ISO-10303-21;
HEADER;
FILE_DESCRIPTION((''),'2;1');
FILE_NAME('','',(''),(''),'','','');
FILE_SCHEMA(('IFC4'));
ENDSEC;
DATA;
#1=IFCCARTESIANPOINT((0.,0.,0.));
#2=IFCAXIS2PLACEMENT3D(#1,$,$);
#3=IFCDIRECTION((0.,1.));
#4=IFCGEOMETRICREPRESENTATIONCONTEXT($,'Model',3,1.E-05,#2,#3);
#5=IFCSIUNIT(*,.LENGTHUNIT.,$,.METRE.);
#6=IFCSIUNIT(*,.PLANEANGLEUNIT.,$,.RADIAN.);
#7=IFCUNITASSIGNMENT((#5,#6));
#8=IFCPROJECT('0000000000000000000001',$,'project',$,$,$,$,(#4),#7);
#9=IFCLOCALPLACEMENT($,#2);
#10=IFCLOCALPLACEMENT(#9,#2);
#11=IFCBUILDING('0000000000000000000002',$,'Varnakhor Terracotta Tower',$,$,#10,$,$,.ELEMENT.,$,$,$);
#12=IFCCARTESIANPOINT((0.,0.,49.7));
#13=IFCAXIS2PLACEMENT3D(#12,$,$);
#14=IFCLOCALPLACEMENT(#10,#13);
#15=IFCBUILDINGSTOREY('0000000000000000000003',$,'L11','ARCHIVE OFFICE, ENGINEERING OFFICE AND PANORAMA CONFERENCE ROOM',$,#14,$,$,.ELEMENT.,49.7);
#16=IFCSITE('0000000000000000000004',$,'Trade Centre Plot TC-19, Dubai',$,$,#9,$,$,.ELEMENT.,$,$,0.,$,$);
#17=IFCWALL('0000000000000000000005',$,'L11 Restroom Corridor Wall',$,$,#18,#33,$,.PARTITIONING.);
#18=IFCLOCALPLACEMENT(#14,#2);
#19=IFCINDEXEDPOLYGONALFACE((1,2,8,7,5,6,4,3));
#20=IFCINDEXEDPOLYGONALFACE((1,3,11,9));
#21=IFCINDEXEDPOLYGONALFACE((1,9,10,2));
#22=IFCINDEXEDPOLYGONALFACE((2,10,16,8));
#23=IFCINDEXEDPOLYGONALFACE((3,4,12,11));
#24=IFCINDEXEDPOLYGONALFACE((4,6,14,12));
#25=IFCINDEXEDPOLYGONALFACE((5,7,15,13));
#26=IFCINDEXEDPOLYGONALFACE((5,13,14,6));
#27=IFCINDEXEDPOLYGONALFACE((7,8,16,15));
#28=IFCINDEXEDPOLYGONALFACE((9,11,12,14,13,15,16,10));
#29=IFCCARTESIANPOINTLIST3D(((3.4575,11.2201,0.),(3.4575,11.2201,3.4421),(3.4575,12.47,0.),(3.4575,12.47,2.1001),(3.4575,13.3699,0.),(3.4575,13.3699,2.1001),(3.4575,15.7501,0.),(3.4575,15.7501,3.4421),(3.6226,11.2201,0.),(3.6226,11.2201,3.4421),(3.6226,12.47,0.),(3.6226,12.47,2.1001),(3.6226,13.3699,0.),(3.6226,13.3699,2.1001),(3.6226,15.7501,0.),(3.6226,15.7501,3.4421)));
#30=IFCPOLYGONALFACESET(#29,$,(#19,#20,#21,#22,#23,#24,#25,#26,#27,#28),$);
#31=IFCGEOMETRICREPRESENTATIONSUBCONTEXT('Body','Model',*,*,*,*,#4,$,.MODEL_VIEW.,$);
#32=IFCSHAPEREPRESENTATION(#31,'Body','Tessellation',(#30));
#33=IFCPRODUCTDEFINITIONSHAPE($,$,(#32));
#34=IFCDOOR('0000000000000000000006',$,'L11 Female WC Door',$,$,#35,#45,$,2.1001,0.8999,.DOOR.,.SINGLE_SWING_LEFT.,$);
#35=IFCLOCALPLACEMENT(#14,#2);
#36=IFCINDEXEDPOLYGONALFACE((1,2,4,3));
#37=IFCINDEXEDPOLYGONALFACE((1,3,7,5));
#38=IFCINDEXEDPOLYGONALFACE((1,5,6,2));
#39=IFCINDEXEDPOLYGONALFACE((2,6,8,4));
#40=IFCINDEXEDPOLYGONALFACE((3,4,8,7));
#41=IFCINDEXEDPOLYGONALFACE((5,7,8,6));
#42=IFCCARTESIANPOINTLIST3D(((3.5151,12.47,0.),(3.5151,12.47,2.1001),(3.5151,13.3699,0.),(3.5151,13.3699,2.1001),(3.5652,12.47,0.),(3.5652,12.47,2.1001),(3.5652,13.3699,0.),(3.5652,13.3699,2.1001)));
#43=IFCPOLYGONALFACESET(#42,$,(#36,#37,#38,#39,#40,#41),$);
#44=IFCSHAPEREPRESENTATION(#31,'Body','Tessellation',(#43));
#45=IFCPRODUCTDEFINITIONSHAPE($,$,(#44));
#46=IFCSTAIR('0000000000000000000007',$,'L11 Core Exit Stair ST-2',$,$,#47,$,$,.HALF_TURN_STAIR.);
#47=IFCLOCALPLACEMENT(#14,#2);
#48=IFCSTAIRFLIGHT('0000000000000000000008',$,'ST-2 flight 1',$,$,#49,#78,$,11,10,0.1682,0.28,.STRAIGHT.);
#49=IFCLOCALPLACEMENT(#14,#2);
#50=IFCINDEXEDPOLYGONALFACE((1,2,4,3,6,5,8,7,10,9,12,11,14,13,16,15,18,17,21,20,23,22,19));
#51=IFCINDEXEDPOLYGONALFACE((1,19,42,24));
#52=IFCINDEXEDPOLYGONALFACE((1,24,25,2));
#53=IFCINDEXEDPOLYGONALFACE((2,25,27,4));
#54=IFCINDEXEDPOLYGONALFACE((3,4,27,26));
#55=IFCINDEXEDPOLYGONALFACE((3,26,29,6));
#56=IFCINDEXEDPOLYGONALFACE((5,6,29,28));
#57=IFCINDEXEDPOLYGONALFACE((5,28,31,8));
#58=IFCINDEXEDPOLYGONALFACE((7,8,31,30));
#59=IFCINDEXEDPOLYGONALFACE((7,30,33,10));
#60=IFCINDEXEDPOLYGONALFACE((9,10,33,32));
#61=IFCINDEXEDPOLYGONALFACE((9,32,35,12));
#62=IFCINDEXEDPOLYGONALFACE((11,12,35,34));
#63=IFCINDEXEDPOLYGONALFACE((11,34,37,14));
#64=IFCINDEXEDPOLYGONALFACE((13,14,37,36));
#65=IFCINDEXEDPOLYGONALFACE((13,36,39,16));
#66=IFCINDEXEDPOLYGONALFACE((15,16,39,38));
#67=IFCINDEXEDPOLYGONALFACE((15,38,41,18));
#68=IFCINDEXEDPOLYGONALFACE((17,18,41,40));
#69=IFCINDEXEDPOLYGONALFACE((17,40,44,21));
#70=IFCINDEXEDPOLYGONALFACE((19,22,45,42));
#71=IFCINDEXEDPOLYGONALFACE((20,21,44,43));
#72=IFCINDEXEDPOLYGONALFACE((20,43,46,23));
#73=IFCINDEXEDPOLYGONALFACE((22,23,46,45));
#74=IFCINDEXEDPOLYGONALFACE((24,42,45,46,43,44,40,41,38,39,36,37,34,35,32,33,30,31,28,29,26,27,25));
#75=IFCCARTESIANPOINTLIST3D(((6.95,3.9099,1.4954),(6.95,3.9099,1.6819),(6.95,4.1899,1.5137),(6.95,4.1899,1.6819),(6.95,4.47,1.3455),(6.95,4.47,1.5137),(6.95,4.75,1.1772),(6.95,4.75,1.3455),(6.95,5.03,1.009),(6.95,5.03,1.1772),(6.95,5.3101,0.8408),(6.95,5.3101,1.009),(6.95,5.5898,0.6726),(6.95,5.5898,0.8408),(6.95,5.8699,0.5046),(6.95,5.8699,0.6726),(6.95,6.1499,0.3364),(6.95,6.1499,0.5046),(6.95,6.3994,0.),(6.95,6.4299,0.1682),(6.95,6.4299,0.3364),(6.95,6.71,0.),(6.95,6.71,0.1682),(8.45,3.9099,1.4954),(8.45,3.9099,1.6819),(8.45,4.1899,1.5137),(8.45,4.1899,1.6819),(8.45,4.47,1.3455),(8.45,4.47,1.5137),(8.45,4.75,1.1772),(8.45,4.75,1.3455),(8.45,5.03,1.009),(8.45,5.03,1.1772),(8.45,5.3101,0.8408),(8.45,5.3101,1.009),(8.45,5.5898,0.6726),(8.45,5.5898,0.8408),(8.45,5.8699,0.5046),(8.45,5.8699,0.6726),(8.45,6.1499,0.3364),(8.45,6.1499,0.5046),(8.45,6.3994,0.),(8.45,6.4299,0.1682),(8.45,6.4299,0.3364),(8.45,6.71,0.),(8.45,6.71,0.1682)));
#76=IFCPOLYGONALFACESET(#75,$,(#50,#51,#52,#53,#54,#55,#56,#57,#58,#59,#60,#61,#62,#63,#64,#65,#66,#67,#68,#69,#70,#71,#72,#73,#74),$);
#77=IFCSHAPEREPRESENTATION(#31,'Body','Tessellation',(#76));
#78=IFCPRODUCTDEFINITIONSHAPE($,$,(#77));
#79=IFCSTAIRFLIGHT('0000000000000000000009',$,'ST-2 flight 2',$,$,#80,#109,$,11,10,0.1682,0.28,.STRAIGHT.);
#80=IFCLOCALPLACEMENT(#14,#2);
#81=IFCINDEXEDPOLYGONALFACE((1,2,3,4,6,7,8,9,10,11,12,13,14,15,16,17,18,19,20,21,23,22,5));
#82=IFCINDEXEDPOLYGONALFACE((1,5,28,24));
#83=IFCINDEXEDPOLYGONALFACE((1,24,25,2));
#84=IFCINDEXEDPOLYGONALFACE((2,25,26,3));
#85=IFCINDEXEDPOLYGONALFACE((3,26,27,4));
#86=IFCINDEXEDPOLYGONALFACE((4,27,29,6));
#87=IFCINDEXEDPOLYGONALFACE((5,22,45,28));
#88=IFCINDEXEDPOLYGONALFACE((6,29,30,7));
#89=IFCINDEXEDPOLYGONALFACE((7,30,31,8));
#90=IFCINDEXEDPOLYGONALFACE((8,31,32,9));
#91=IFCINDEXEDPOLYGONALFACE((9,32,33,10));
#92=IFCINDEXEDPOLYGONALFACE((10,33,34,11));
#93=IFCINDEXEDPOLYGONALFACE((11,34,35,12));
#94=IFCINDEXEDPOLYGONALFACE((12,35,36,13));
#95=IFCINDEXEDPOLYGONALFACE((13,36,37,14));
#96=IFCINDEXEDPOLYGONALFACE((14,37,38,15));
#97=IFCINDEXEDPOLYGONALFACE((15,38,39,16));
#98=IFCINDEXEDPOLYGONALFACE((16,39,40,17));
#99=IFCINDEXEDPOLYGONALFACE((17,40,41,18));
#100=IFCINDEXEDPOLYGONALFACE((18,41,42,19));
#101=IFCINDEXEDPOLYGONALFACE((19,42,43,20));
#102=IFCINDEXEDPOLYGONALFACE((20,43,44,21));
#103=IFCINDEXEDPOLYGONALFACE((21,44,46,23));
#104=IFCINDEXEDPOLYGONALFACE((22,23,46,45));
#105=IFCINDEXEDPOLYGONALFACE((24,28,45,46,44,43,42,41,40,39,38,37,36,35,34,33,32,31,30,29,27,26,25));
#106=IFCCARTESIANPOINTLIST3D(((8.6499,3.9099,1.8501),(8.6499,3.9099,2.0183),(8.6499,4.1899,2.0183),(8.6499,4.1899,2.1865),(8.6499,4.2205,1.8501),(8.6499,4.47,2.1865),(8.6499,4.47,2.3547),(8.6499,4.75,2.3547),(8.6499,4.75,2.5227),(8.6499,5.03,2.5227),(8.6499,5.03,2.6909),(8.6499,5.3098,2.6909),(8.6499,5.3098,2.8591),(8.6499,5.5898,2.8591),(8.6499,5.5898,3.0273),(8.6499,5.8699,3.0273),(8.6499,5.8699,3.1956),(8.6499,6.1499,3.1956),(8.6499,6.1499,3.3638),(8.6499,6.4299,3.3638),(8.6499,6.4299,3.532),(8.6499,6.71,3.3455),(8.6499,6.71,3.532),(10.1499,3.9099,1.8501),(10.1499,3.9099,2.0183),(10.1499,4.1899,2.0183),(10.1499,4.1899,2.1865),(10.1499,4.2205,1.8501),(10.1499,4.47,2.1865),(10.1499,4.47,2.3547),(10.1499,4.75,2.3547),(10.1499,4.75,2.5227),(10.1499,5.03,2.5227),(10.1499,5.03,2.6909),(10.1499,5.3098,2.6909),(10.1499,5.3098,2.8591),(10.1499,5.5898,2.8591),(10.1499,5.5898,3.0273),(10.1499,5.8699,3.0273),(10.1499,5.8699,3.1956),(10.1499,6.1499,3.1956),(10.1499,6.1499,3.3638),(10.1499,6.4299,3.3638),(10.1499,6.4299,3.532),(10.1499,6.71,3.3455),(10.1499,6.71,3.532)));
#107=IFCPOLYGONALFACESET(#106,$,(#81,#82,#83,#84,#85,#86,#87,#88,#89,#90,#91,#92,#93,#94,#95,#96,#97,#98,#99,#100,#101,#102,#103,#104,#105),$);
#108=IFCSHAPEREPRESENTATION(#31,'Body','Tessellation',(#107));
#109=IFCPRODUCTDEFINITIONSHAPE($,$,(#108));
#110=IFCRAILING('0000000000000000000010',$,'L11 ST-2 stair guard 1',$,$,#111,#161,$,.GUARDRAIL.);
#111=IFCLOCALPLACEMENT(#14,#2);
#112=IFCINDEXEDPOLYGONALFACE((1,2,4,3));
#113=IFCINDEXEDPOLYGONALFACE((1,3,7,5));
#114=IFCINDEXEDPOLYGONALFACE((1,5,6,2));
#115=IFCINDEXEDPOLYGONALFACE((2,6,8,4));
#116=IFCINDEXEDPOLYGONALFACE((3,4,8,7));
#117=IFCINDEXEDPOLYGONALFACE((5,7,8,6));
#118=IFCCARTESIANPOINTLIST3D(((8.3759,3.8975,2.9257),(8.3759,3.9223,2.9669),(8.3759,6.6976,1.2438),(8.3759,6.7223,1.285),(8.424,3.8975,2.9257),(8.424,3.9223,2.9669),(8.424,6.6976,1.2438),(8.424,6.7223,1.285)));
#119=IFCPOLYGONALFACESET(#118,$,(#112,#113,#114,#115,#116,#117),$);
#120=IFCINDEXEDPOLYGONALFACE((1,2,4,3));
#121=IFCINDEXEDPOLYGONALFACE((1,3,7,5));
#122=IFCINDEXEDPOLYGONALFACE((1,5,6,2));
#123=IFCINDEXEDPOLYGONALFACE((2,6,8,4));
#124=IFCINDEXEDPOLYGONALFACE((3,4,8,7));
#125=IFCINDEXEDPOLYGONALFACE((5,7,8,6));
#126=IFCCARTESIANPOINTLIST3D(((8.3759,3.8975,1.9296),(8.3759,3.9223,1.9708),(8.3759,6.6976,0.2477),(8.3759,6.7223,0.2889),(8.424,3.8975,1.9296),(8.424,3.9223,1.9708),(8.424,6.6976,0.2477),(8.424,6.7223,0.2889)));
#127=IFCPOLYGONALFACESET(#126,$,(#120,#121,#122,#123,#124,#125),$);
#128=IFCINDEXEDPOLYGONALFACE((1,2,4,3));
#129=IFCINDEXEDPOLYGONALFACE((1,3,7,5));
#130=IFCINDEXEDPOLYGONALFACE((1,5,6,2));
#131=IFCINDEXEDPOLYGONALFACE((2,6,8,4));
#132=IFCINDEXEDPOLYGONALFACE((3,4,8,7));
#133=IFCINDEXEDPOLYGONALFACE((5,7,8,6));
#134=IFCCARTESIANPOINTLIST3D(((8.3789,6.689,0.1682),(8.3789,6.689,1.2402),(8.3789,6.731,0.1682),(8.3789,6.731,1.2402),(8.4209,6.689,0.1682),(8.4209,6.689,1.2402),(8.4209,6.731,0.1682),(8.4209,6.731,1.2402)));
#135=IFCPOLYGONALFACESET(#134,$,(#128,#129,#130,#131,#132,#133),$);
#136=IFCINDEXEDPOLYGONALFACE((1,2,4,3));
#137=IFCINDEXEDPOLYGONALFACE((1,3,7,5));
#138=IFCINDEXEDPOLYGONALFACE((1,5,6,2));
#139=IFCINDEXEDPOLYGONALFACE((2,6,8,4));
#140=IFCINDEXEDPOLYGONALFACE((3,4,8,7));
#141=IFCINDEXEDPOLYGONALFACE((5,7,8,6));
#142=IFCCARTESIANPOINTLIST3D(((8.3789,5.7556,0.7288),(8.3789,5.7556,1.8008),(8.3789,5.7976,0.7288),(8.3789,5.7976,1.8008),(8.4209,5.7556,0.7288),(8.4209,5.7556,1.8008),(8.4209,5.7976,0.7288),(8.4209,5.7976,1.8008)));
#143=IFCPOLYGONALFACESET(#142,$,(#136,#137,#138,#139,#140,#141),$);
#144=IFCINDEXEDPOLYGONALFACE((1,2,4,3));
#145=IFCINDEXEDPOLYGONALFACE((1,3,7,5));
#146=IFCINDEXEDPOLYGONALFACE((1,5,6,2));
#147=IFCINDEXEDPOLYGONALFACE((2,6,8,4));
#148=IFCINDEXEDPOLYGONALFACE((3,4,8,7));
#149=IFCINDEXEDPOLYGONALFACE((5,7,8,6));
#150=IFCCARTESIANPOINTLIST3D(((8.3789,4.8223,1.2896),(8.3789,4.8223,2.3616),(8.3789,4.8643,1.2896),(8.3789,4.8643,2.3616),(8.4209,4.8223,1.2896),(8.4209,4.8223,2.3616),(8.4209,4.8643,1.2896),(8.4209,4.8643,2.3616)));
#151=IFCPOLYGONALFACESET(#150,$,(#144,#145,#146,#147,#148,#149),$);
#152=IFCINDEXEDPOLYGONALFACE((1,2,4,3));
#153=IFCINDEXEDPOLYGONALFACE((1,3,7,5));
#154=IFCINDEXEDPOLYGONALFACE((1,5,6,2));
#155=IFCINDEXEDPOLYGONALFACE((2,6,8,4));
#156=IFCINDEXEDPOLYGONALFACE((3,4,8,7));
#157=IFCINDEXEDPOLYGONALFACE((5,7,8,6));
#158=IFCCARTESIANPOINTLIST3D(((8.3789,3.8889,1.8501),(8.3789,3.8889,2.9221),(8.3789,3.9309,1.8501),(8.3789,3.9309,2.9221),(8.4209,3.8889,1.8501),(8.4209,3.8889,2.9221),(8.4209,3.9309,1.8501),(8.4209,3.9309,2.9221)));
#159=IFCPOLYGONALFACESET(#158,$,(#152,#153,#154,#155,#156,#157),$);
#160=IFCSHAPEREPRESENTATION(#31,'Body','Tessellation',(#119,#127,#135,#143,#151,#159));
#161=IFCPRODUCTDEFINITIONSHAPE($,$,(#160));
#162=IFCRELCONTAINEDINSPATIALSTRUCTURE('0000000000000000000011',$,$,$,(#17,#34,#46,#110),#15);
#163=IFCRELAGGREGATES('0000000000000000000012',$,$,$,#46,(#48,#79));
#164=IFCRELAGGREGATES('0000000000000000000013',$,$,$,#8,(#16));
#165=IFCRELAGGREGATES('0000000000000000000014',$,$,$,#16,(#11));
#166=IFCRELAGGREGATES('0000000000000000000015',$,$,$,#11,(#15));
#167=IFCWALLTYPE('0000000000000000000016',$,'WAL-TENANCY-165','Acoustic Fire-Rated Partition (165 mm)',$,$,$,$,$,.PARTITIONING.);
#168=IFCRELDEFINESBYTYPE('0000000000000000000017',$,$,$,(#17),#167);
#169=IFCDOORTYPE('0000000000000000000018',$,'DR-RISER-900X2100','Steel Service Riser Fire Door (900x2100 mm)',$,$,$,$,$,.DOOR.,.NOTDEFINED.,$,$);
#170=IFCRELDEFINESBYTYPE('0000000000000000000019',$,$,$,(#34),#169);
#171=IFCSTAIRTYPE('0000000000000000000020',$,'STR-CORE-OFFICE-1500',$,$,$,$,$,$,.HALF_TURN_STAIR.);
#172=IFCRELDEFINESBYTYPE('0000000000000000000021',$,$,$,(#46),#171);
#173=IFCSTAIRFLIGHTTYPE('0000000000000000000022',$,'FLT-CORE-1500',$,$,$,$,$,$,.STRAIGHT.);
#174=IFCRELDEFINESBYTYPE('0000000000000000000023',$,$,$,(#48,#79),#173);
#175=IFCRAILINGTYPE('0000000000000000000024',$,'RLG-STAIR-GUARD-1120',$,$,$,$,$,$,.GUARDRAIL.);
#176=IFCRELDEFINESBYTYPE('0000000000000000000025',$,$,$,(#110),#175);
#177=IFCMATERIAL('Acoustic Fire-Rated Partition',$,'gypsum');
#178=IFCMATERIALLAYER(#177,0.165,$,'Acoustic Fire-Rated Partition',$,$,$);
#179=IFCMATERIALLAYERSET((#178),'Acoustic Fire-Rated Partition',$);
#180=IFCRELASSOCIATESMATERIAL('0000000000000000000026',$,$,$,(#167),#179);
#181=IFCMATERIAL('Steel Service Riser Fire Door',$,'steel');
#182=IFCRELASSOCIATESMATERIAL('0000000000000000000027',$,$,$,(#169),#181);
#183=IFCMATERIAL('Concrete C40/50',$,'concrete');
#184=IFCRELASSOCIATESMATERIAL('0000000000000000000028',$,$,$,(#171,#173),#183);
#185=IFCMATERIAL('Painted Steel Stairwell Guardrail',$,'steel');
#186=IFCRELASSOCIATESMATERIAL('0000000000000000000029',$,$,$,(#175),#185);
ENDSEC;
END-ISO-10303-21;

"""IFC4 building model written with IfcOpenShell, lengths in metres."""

from ifc_helpers import new_model, si_unit, direction, frame, frame_2d, origin, origin_2d, place, context, subcontext, project, spatial, polyline, rectangle, outline, extrude, source, transform, mapped, material, layer, layer_set, type_object, type_shapes, element, fill, aggregate, save


model = new_model("IFC4")

# Units and contexts
model_context = context("Model", 3, precision=1e-05, world=origin(), true_north=direction((0.0, 1.0)))
body_context = subcontext(model_context, "Body", "Model", "MODEL_VIEW")
ifc_project = project(units=[si_unit("LENGTHUNIT", "METRE"), si_unit("PLANEANGLEUNIT", "RADIAN")], contexts=[model_context])

# Site, building, storey
site_placement = place(None, origin())
site = spatial("IfcSite", under=ifc_project, at=site_placement, Name="Trade Centre Plot TC-19, Dubai", CompositionType="ELEMENT", RefElevation=0.0)
building_placement = place(site_placement, origin())
building = spatial("IfcBuilding", under=site, at=building_placement, Name="Varnakhor Terracotta Tower", CompositionType="ELEMENT")
storey_placement = place(building_placement, frame((0.0, 0.0, 49.7)))
storey = spatial("IfcBuildingStorey", under=building, at=storey_placement, Name="L11", Description="ARCHIVE OFFICE, ENGINEERING OFFICE AND PANORAMA CONFERENCE ROOM", CompositionType="ELEMENT", Elevation=49.7)

# Shared definitions
ifc_material_1 = material(Name="Concrete C40/50", Category="concrete")

# Shared definitions
ifc_material_2 = material(Name="Acoustic Fire-Rated Partition", Category="gypsum")
ifc_layer_1 = layer(ifc_material_2, 0.165, Name="Acoustic Fire-Rated Partition")
ifc_layer_set_1 = layer_set([ifc_layer_1], Name="Acoustic Fire-Rated Partition")
wall_type_1 = type_object("IfcWallType", Name="WAL-TENANCY-165", Description="Acoustic Fire-Rated Partition (165 mm)", PredefinedType="PARTITIONING", material=ifc_layer_set_1)
ifc_material_3 = material(Name="Steel Service Riser Fire Door", Category="steel")
door_type_1 = type_object("IfcDoorType", Name="DR-RISER-900X2100", Description="Steel Service Riser Fire Door (900x2100 mm)", OperationType="NOTDEFINED", PredefinedType="DOOR", material=ifc_material_3)
shared_shape_1 = source(origin(), body_context, "Body", "SweptSolid", [
    extrude(rectangle(XDim=0.8999, YDim=2.1001, at=frame_2d((0.45, 1.05))), frame((0.0, 0.0249, 0.0), z_axis=(0.0, -1.0, 0.0), x_axis=(1.0, 0.0, 0.0)), (0.0, 0.0, 1.0), 0.05),
])
type_shapes(door_type_1, [shared_shape_1])

# Wall, opening, door
wall_1_placement = place(storey_placement, frame((3.54, 11.22, 0.0), z_axis=(0.0, 0.0, 1.0), x_axis=(0.0, 1.0, 0.0)))
wall_1 = element("IfcWall", 1, at=wall_1_placement, inside=storey, type_object=wall_type_1, Name="L11 Restroom Corridor Wall", PredefinedType="PARTITIONING", context=body_context, shape_type="SweptSolid", body=[
    extrude(rectangle(XDim=4.53, YDim=0.165, at=frame_2d((2.2651, 0.0))), origin(), (0.0, 0.0, 1.0), 3.4421),
])
opening_1_placement = place(wall_1_placement, frame((1.25, 0.0, 0.0)))
opening_1 = element("IfcOpeningElement", 2, at=opening_1_placement, cuts=wall_1, PredefinedType="OPENING", context=body_context, shape_type="SweptSolid", body=[
    extrude(rectangle(XDim=0.8999, YDim=2.1001, at=frame_2d((0.45, 1.05))), frame((0.0, 0.0925, 0.0), z_axis=(0.0, -1.0, 0.0), x_axis=(1.0, 0.0, 0.0)), (0.0, 0.0, 1.0), 0.1851),
])
door_1_placement = place(opening_1_placement, origin())
door_1 = element("IfcDoor", 3, at=door_1_placement, inside=storey, type_object=door_type_1, Name="L11 Female WC Door", OperationType="SINGLE_SWING_LEFT", OverallHeight=2.1001, OverallWidth=0.8999, PredefinedType="DOOR", context=body_context, shape_type="MappedRepresentation", body=[
    mapped(shared_shape_1, transform((0.0, 0.0, 0.0), scale=1.0)),
])
fill(opening_1, door_1)

# Stair, stair flights
stair_type = type_object("IfcStairType", Name="STR-CORE-OFFICE-1500", PredefinedType="HALF_TURN_STAIR", material=ifc_material_1)
stair_placement = place(storey_placement, origin())
stair = element("IfcStair", 4, at=stair_placement, inside=storey, type_object=stair_type, Name="L11 Core Exit Stair ST-2", PredefinedType="HALF_TURN_STAIR")
stair_flight_type = type_object("IfcStairFlightType", Name="FLT-CORE-1500", PredefinedType="STRAIGHT", material=ifc_material_1)
stair_flight_1_placement = place(storey_placement, frame((7.7, 6.71, 0.0), z_axis=(0.0, 0.0, 1.0), x_axis=(0.0, -1.0, 0.0)))
stair_flight_1 = element("IfcStairFlight", 5, at=stair_flight_1_placement, type_object=stair_flight_type, Name="ST-2 flight 1", NumberOfRisers=11, NumberOfTreads=10, PredefinedType="STRAIGHT", RiserHeight=0.1682, TreadLength=0.28, context=body_context, shape_type="SweptSolid", body=[
    extrude(outline(polyline([(0.0, 0.0), (0.0, 0.1682), (0.28, 0.1682), (0.28, 0.3364), (0.5601, 0.3364), (0.5601, 0.5046), (0.8401, 0.5046), (0.8401, 0.6726), (1.1201, 0.6726), (1.1201, 0.8408), (1.3999, 0.8408), (1.3999, 1.009), (1.6799, 1.009), (1.6799, 1.1772), (1.96, 1.1772), (1.96, 1.3455), (2.24, 1.3455), (2.24, 1.5137), (2.52, 1.5137), (2.52, 1.6819), (2.8, 1.6819), (2.8, 1.8501), (2.8, 1.4954), (0.3105, 0.0), (0.0, 0.0)])), frame((0.0, 0.75, 0.0), z_axis=(0.0, -1.0, 0.0), x_axis=(1.0, 0.0, 0.0)), (0.0, 0.0, 1.0), 1.5),
])
stair_flight_2_placement = place(storey_placement, frame((9.3999, 3.9099, 1.8501), z_axis=(0.0, 0.0, 1.0), x_axis=(0.0, 1.0, 0.0)))
stair_flight_2 = element("IfcStairFlight", 6, at=stair_flight_2_placement, type_object=stair_flight_type, Name="ST-2 flight 2", NumberOfRisers=11, NumberOfTreads=10, PredefinedType="STRAIGHT", RiserHeight=0.1682, TreadLength=0.28, context=body_context, shape_type="SweptSolid", body=[
    extrude(outline(polyline([(0.0, 0.0), (0.0, 0.1682), (0.28, 0.1682), (0.28, 0.3364), (0.5601, 0.3364), (0.5601, 0.5046), (0.8401, 0.5046), (0.8401, 0.6726), (1.1201, 0.6726), (1.1201, 0.8408), (1.3999, 0.8408), (1.3999, 1.009), (1.6799, 1.009), (1.6799, 1.1772), (1.96, 1.1772), (1.96, 1.3455), (2.24, 1.3455), (2.24, 1.5137), (2.52, 1.5137), (2.52, 1.6819), (2.8, 1.6819), (2.8, 1.8501), (2.8, 1.4954), (0.3105, 0.0), (0.0, 0.0)])), frame((0.0, 0.75, 0.0), z_axis=(0.0, -1.0, 0.0), x_axis=(1.0, 0.0, 0.0)), (0.0, 0.0, 1.0), 1.5),
])
aggregate(stair, [stair_flight_1, stair_flight_2])

# Railing
ifc_material_4 = material(Name="Painted Steel Stairwell Guardrail", Category="steel")
railing_type_1 = type_object("IfcRailingType", Name="RLG-STAIR-GUARD-1120", PredefinedType="GUARDRAIL", material=ifc_material_4)
railing_1_placement = place(storey_placement, frame((8.3999, 6.71, 0.1682)))
element("IfcRailing", 7, at=railing_1_placement, inside=storey, type_object=railing_type_1, Name="L11 ST-2 stair guard 1", PredefinedType="GUARDRAIL", context=body_context, shape_type="SweptSolid", body=[
    extrude(rectangle(XDim=0.0481, YDim=0.0481, at=origin_2d()), frame((0.0, 0.0, 1.0962), z_axis=(0.0, -0.857242, 0.514913), x_axis=(1.0, 0.0, 0.0)), (0.0, 0.0, 1.0), 3.2664),
    extrude(rectangle(XDim=0.0481, YDim=0.0481, at=origin_2d()), frame((0.0, 0.0, 0.1001), z_axis=(0.0, -0.857242, 0.514913), x_axis=(1.0, 0.0, 0.0)), (0.0, 0.0, 1.0), 3.2664),
    extrude(rectangle(XDim=0.042, YDim=0.042, at=origin_2d()), origin(), (0.0, 0.0, 1.0), 1.072),
    extrude(rectangle(XDim=0.042, YDim=0.042, at=origin_2d()), frame((0.0, -0.9333, 0.5605)), (0.0, 0.0, 1.0), 1.072),
    extrude(rectangle(XDim=0.042, YDim=0.042, at=origin_2d()), frame((0.0, -1.8667, 1.1213)), (0.0, 0.0, 1.0), 1.072),
    extrude(rectangle(XDim=0.042, YDim=0.042, at=origin_2d()), frame((0.0, -2.8, 1.6819)), (0.0, 0.0, 1.0), 1.072),
])

save(model, "model.ifc")
